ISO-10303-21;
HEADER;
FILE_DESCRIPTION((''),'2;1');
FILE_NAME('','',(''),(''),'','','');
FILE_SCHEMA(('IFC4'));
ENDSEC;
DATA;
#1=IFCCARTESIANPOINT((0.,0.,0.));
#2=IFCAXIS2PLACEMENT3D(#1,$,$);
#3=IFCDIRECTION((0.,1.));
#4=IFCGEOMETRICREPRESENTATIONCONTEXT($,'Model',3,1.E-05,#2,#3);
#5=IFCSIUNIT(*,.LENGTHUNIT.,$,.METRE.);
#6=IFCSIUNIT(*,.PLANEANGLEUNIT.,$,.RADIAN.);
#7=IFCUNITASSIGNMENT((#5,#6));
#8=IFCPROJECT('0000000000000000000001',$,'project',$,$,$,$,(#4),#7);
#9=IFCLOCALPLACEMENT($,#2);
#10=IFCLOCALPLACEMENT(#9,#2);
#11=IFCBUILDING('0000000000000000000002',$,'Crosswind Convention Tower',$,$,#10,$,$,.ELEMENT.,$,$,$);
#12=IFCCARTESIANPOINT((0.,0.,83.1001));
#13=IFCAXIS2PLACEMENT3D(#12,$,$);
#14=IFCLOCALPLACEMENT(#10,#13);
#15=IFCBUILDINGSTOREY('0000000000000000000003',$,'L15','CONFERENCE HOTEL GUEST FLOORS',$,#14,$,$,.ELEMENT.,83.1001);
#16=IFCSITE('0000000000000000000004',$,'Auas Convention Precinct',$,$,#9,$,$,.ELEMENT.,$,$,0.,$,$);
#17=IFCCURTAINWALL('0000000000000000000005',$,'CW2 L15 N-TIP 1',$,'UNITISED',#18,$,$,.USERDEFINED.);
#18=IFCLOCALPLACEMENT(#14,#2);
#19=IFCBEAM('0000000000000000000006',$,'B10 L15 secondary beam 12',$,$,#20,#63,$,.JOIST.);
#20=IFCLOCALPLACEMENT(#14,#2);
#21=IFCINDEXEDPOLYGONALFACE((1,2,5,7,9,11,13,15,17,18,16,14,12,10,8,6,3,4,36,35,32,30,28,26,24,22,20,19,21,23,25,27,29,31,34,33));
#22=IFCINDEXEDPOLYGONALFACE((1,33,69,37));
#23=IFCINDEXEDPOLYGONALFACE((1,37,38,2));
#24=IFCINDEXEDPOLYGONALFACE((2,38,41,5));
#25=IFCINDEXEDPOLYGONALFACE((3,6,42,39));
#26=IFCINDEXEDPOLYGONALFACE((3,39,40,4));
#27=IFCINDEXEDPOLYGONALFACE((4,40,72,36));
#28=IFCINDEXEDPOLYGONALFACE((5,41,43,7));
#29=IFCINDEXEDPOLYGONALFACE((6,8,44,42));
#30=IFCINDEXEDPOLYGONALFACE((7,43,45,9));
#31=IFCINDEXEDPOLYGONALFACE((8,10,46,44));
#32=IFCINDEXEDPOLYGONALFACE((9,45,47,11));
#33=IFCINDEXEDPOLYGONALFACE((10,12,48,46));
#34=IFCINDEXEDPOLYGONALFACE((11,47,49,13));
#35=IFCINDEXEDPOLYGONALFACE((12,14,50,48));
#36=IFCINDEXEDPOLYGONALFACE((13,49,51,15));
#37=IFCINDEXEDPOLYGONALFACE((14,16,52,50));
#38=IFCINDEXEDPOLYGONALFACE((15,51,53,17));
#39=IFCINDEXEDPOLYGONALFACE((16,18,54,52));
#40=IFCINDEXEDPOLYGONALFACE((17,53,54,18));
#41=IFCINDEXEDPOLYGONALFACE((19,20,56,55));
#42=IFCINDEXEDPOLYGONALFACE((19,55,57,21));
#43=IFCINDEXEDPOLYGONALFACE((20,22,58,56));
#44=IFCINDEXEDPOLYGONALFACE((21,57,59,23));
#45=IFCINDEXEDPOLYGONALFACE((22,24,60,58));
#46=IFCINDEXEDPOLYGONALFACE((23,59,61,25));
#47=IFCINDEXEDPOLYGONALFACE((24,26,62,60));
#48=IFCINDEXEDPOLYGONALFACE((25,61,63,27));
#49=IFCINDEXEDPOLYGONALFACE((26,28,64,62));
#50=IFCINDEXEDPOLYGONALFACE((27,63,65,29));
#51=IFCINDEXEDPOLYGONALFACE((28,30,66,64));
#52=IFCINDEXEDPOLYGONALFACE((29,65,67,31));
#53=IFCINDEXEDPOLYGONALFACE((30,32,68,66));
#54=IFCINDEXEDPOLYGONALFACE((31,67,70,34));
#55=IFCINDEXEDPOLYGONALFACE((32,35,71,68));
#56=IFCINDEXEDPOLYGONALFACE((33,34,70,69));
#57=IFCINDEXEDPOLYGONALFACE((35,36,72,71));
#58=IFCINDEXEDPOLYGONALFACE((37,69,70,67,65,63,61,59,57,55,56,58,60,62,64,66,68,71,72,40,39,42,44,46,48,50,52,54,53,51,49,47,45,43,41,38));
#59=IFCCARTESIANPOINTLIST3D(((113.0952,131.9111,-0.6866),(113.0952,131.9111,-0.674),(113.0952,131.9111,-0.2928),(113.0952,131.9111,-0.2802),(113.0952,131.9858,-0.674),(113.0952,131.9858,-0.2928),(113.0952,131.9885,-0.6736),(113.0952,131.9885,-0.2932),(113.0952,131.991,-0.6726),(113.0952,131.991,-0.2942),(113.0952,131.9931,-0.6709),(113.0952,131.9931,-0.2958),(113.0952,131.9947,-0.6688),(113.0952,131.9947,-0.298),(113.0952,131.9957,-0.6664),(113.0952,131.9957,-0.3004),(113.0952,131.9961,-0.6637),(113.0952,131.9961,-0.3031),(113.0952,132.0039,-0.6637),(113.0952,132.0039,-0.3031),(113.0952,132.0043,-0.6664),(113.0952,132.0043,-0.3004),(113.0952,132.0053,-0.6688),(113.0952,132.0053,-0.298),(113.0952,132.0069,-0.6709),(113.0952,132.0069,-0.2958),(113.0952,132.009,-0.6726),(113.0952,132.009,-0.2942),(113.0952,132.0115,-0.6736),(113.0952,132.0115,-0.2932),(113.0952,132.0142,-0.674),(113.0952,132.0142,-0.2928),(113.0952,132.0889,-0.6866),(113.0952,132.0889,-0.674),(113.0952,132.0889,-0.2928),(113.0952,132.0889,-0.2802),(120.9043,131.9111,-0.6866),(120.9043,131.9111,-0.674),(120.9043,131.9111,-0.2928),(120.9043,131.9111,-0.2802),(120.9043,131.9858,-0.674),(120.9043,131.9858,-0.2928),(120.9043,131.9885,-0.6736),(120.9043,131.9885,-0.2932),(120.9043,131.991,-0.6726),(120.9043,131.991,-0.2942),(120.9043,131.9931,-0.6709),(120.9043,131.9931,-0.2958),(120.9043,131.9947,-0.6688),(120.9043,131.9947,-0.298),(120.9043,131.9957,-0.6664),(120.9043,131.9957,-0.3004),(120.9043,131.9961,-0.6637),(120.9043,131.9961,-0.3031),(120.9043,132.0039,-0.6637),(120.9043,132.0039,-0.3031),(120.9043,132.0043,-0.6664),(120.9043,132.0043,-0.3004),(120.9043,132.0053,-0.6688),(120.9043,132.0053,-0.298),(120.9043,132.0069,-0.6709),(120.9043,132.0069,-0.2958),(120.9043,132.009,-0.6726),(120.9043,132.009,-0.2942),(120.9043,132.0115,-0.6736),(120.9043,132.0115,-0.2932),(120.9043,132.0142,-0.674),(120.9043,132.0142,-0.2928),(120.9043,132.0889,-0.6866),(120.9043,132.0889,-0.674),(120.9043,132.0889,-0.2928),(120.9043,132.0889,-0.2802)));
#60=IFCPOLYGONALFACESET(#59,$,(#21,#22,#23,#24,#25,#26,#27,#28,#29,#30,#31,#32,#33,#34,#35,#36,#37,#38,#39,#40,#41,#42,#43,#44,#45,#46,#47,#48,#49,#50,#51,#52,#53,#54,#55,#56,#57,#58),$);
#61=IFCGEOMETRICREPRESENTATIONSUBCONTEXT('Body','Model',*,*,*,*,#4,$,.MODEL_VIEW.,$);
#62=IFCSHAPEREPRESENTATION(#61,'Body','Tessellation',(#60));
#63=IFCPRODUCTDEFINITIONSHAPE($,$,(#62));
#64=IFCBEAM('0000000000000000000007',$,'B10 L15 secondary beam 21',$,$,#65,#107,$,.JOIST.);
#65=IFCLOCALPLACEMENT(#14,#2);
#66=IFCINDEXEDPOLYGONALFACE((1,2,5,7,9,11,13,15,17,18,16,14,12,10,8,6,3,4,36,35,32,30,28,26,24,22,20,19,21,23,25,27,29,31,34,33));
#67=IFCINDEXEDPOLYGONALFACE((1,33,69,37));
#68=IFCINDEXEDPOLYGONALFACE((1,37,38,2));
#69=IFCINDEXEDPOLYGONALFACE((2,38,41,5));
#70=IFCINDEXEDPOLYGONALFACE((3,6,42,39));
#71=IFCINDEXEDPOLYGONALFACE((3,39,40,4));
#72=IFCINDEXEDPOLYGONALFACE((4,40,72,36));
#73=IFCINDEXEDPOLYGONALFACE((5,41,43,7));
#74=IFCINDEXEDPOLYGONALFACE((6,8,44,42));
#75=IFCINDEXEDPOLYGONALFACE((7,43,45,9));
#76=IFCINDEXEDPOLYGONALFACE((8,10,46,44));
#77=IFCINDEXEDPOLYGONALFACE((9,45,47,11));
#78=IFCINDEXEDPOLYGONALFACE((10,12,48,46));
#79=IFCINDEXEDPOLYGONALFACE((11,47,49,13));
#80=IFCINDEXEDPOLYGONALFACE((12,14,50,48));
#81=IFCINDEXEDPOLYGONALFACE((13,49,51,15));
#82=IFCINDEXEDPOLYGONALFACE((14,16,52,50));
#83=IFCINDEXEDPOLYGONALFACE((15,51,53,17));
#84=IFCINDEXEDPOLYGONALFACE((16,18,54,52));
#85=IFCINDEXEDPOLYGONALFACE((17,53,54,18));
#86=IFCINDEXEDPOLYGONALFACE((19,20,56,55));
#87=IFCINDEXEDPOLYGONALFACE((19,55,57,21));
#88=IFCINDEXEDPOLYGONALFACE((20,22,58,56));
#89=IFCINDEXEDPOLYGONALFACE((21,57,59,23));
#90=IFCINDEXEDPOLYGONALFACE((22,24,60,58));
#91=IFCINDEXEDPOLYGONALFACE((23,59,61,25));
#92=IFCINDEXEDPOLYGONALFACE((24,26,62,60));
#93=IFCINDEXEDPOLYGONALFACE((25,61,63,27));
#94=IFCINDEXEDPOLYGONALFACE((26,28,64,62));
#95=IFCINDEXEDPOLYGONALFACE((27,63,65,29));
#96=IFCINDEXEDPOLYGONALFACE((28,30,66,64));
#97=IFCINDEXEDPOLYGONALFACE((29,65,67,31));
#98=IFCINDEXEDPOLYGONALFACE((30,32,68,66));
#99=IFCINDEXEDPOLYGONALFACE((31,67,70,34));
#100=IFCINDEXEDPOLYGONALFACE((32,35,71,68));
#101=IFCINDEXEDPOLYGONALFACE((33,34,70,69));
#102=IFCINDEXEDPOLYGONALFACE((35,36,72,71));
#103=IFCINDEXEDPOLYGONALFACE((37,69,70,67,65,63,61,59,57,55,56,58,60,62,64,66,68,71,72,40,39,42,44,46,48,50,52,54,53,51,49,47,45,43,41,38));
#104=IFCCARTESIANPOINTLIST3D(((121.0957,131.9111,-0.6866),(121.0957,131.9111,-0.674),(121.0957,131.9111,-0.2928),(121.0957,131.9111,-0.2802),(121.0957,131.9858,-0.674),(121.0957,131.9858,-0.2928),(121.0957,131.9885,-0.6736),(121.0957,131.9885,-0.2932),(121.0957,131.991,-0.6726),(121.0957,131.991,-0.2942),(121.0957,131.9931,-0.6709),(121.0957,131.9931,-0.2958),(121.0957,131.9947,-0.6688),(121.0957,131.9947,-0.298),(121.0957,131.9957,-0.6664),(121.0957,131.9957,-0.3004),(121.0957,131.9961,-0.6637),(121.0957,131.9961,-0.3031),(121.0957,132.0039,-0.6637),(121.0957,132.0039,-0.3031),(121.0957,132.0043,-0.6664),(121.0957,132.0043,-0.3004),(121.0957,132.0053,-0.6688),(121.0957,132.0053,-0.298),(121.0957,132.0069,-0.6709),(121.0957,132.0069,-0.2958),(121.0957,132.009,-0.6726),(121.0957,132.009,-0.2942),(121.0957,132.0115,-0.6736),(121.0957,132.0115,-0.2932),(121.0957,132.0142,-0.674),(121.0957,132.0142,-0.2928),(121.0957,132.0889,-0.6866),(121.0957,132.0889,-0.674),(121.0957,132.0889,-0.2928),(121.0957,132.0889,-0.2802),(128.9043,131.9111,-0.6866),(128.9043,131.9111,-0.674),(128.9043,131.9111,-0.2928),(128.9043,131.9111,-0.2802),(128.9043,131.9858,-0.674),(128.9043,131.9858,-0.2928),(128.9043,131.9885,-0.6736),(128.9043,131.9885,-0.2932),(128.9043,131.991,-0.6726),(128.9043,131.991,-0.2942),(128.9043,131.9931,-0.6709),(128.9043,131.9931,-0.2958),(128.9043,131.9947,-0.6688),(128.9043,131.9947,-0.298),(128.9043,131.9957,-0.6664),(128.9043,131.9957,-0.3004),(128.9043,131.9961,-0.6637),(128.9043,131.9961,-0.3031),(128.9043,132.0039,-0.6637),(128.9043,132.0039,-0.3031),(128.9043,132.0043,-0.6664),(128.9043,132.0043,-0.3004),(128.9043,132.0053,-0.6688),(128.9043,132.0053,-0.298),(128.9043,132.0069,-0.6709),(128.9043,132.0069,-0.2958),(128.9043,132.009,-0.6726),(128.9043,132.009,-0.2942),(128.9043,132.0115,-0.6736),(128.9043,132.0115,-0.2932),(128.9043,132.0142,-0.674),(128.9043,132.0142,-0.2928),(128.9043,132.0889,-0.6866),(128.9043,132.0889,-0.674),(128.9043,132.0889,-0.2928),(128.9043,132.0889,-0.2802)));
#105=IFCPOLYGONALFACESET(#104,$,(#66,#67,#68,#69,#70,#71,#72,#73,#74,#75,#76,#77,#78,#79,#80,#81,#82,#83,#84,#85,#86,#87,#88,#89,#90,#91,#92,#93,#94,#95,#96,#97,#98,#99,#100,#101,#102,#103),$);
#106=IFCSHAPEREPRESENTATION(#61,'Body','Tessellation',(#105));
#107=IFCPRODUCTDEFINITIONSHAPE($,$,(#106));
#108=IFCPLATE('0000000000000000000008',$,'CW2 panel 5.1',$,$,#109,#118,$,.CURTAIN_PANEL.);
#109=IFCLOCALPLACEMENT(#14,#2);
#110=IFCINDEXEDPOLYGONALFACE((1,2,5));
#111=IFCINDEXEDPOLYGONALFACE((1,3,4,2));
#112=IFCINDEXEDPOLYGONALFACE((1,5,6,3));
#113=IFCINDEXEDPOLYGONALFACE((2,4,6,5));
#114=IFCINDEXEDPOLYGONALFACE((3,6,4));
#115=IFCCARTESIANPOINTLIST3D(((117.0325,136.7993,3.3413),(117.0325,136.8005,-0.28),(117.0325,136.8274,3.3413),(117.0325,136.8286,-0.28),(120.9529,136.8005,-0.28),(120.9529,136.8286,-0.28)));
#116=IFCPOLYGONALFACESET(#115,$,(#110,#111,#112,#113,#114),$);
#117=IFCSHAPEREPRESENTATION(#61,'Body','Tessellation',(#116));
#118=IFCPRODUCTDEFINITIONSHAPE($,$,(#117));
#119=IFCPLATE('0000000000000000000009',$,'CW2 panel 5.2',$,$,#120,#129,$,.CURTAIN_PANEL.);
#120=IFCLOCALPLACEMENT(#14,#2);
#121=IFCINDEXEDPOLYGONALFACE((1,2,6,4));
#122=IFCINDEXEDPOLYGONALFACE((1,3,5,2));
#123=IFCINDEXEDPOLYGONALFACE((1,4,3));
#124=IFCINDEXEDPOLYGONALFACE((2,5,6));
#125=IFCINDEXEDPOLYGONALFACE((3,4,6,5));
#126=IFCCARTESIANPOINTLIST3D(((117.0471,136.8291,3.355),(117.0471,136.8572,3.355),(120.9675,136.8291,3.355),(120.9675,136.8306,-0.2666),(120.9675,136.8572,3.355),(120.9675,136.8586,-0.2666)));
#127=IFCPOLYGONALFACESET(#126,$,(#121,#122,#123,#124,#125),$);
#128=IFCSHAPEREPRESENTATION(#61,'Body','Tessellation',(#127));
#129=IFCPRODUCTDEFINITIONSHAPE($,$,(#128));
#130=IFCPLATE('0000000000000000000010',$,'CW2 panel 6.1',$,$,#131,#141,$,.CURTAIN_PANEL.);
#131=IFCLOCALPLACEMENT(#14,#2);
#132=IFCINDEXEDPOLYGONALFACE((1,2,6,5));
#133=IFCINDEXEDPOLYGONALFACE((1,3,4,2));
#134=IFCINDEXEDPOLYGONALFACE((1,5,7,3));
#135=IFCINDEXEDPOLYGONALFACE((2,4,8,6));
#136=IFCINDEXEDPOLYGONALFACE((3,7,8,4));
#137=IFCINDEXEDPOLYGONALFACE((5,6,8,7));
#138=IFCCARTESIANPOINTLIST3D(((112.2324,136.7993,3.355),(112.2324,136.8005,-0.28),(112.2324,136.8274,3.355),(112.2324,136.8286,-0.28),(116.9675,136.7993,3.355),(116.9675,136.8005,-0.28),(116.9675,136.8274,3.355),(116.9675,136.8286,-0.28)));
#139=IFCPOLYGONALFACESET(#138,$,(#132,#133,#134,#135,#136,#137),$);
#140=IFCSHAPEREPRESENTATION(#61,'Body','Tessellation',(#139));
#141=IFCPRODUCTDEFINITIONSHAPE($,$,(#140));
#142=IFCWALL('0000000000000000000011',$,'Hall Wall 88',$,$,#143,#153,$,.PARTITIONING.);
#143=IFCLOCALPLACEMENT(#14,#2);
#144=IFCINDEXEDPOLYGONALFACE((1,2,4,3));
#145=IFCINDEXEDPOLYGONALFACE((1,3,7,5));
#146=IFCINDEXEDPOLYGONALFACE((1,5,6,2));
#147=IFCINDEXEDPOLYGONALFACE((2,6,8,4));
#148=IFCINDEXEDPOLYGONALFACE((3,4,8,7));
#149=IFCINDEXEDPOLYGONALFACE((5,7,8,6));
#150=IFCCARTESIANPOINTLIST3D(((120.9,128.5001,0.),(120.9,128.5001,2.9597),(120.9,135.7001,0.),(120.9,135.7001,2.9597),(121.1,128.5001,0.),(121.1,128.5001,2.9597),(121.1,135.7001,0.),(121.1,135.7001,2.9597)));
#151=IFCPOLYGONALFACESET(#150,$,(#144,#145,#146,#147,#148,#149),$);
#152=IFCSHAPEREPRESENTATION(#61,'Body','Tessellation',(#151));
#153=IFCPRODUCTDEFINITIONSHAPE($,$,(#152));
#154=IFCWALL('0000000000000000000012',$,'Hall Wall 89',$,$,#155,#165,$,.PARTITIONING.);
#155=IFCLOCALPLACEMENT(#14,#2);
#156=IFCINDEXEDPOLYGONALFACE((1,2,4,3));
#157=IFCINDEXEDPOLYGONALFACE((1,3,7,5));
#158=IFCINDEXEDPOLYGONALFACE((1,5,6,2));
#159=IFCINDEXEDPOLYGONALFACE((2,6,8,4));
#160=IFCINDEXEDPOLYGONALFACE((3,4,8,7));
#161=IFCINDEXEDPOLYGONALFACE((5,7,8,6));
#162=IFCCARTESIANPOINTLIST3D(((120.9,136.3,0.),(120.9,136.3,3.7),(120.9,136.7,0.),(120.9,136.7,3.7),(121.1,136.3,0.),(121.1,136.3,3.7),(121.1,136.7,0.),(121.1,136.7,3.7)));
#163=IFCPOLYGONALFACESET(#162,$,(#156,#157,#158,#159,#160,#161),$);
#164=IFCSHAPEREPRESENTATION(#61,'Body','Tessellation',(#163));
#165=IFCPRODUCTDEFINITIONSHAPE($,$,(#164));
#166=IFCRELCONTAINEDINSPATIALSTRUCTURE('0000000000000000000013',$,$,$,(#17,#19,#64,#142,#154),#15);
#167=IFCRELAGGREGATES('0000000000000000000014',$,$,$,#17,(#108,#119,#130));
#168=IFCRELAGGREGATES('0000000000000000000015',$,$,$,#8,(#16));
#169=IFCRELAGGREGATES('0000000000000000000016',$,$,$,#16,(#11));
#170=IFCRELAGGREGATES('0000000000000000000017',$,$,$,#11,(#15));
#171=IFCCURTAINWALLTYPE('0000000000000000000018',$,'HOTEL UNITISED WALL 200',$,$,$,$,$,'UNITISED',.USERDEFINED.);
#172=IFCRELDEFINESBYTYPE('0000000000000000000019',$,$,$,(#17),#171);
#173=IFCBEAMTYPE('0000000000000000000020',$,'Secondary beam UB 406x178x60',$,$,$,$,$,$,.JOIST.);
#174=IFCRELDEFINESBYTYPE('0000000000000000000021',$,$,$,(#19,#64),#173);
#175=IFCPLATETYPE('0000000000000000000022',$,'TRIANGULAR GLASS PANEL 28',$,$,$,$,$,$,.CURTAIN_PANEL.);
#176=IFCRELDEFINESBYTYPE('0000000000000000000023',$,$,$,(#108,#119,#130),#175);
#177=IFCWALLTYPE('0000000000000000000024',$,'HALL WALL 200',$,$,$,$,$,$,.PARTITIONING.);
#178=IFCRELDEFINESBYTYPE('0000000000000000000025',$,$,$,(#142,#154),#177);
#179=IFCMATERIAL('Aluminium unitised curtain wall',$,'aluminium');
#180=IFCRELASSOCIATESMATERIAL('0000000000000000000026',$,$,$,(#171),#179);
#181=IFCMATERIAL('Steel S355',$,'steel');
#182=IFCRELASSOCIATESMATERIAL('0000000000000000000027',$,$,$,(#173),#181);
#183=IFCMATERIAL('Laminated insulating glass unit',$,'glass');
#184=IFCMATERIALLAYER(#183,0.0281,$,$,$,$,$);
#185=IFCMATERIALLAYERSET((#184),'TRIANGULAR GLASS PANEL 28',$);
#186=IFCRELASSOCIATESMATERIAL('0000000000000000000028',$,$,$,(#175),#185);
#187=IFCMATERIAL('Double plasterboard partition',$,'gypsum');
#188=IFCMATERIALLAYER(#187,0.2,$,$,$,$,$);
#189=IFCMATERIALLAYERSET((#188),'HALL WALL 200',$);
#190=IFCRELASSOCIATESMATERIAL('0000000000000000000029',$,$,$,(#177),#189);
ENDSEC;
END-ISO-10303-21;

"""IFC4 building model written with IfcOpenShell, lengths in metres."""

from ifc_helpers import new_model, si_unit, direction, frame, frame_2d, origin, origin_2d, place, context, subcontext, project, spatial, polyline, rectangle, i_section, outline, extrude, material, layer, layer_set, material_profile, profile_set, type_object, element, aggregate, save


model = new_model("IFC4")

# Units and contexts
model_context = context("Model", 3, precision=1e-05, world=origin(), true_north=direction((0.0, 1.0)))
body_context = subcontext(model_context, "Body", "Model", "MODEL_VIEW")
ifc_project = project(units=[si_unit("LENGTHUNIT", "METRE"), si_unit("PLANEANGLEUNIT", "RADIAN")], contexts=[model_context])

# Site, building, storey
site_placement = place(None, origin())
site = spatial("IfcSite", under=ifc_project, at=site_placement, Name="Auas Convention Precinct", CompositionType="ELEMENT", RefElevation=0.0)
building_placement = place(site_placement, origin())
building = spatial("IfcBuilding", under=site, at=building_placement, Name="Crosswind Convention Tower", CompositionType="ELEMENT")
storey_placement = place(building_placement, frame((0.0, 0.0, 83.1001)))
storey = spatial("IfcBuildingStorey", under=building, at=storey_placement, Name="L15", Description="CONFERENCE HOTEL GUEST FLOORS", CompositionType="ELEMENT", Elevation=83.1001)

# Shared definitions
ifc_material_1 = material(Name="Steel S355", Category="steel")

# Curtain wall
ifc_material_2 = material(Name="Aluminium unitised curtain wall", Category="aluminium")
curtain_wall_type = type_object("IfcCurtainWallType", Name="HOTEL UNITISED WALL 200", ElementType="UNITISED", PredefinedType="USERDEFINED", material=ifc_material_2)
curtain_wall_placement = place(storey_placement, origin())
curtain_wall = element("IfcCurtainWall", 1, at=curtain_wall_placement, inside=storey, type_object=curtain_wall_type, Name="CW2 L15 N-TIP 1", ObjectType="UNITISED", PredefinedType="USERDEFINED")

# Beams
ifc_material_profile_1 = material_profile(ifc_material_1, i_section(OverallWidth=0.1777, OverallDepth=0.4065, WebThickness=0.0078, FlangeThickness=0.0127, FilletRadius=0.0103, at=origin_2d()), Name="UB 406x178x60")
ifc_profile_set_1 = profile_set([ifc_material_profile_1], Name="Steel S355")
beam_type_1 = type_object("IfcBeamType", Name="Secondary beam UB 406x178x60", PredefinedType="JOIST", material=ifc_profile_set_1)
beam_1_placement = place(storey_placement, frame((113.0952, 132.0, -0.4834), z_axis=(1.0, 0.0, 0.0), x_axis=(0.0, 1.0, 0.0)))
element("IfcBeam", 2, at=beam_1_placement, inside=storey, type_object=beam_type_1, Name="B10 L15 secondary beam 12", PredefinedType="JOIST", context=body_context, shape_type="SweptSolid", body=[
    extrude(i_section(OverallWidth=0.1777, OverallDepth=0.4065, WebThickness=0.0078, FlangeThickness=0.0127, FilletRadius=0.0103, at=origin_2d()), origin(), (0.0, 0.0, 1.0), 7.8091),
])
beam_2_placement = place(storey_placement, frame((121.0957, 132.0, -0.4834), z_axis=(1.0, 0.0, 0.0), x_axis=(0.0, 1.0, 0.0)))
element("IfcBeam", 3, at=beam_2_placement, inside=storey, type_object=beam_type_1, Name="B10 L15 secondary beam 21", PredefinedType="JOIST", context=body_context, shape_type="SweptSolid", body=[
    extrude(i_section(OverallWidth=0.1777, OverallDepth=0.4065, WebThickness=0.0078, FlangeThickness=0.0127, FilletRadius=0.0103, at=origin_2d()), origin(), (0.0, 0.0, 1.0), 7.8086),
])

# Plates
ifc_material_3 = material(Name="Laminated insulating glass unit", Category="glass")
ifc_layer_1 = layer(ifc_material_3, 0.0281)
ifc_layer_set_1 = layer_set([ifc_layer_1], Name="TRIANGULAR GLASS PANEL 28")
plate_type = type_object("IfcPlateType", Name="TRIANGULAR GLASS PANEL 28", PredefinedType="CURTAIN_PANEL", material=ifc_layer_set_1)
plate_1_placement = place(storey_placement, frame((117.0325, 136.8286, -0.28), z_axis=(0.0, 1.0, 0.000337), x_axis=(0.0, -0.000337, 1.0)))
plate_1 = element("IfcPlate", 4, at=plate_1_placement, type_object=plate_type, Name="CW2 panel 5.1", PredefinedType="CURTAIN_PANEL", context=body_context, shape_type="SweptSolid", body=[
    extrude(outline(polyline([(0.0, 0.0), (3.6213, 0.0), (0.0, 3.9204), (0.0, 0.0)])), origin(), (0.0, 0.0, -1.0), 0.0281),
])
plate_2_placement = place(storey_placement, frame((120.9675, 136.8572, 3.355), z_axis=(0.0, 1.0, 0.000404), x_axis=(0.0, 0.000404, -1.0)))
plate_2 = element("IfcPlate", 5, at=plate_2_placement, type_object=plate_type, Name="CW2 panel 5.2", PredefinedType="CURTAIN_PANEL", context=body_context, shape_type="SweptSolid", body=[
    extrude(outline(polyline([(0.0, 0.0), (3.6216, 0.0), (0.0, 3.9204), (0.0, 0.0)])), origin(), (0.0, 0.0, -1.0), 0.0281),
])
plate_3_placement = place(storey_placement, frame((116.9675, 136.8286, -0.28), z_axis=(0.0, 1.0, 0.000336), x_axis=(-1.0, 0.0, 0.0)))
plate_3 = element("IfcPlate", 6, at=plate_3_placement, type_object=plate_type, Name="CW2 panel 6.1", PredefinedType="CURTAIN_PANEL", context=body_context, shape_type="SweptSolid", body=[
    extrude(outline(polyline([(0.0, 0.0), (4.7351, 0.0), (4.7351, 3.635), (0.0, 3.635), (0.0, 0.0)])), origin(), (0.0, 0.0, -1.0), 0.0281),
])
aggregate(curtain_wall, [plate_1, plate_2, plate_3])

# Walls
ifc_material_4 = material(Name="Double plasterboard partition", Category="gypsum")
ifc_layer_2 = layer(ifc_material_4, 0.2)
ifc_layer_set_2 = layer_set([ifc_layer_2], Name="HALL WALL 200")
wall_type_1 = type_object("IfcWallType", Name="HALL WALL 200", PredefinedType="PARTITIONING", material=ifc_layer_set_2)
wall_1_placement = place(storey_placement, frame((121.0, 128.5, 0.0), z_axis=(0.0, 0.0, 1.0), x_axis=(0.0, 1.0, 0.0)))
element("IfcWall", 7, at=wall_1_placement, inside=storey, type_object=wall_type_1, Name="Hall Wall 88", PredefinedType="PARTITIONING", context=body_context, shape_type="SweptSolid", body=[
    extrude(rectangle(XDim=7.2, YDim=0.2, at=frame_2d((3.6001, 0.0))), origin(), (0.0, 0.0, 1.0), 2.9597),
])
wall_2_placement = place(storey_placement, frame((121.0, 136.3, 0.0), z_axis=(0.0, 0.0, 1.0), x_axis=(0.0, 1.0, 0.0)))
element("IfcWall", 8, at=wall_2_placement, inside=storey, type_object=wall_type_1, Name="Hall Wall 89", PredefinedType="PARTITIONING", context=body_context, shape_type="SweptSolid", body=[
    extrude(rectangle(XDim=0.3999, YDim=0.2, at=frame_2d((0.2, 0.0))), origin(), (0.0, 0.0, 1.0), 3.7),
])

save(model, "model.ifc")
